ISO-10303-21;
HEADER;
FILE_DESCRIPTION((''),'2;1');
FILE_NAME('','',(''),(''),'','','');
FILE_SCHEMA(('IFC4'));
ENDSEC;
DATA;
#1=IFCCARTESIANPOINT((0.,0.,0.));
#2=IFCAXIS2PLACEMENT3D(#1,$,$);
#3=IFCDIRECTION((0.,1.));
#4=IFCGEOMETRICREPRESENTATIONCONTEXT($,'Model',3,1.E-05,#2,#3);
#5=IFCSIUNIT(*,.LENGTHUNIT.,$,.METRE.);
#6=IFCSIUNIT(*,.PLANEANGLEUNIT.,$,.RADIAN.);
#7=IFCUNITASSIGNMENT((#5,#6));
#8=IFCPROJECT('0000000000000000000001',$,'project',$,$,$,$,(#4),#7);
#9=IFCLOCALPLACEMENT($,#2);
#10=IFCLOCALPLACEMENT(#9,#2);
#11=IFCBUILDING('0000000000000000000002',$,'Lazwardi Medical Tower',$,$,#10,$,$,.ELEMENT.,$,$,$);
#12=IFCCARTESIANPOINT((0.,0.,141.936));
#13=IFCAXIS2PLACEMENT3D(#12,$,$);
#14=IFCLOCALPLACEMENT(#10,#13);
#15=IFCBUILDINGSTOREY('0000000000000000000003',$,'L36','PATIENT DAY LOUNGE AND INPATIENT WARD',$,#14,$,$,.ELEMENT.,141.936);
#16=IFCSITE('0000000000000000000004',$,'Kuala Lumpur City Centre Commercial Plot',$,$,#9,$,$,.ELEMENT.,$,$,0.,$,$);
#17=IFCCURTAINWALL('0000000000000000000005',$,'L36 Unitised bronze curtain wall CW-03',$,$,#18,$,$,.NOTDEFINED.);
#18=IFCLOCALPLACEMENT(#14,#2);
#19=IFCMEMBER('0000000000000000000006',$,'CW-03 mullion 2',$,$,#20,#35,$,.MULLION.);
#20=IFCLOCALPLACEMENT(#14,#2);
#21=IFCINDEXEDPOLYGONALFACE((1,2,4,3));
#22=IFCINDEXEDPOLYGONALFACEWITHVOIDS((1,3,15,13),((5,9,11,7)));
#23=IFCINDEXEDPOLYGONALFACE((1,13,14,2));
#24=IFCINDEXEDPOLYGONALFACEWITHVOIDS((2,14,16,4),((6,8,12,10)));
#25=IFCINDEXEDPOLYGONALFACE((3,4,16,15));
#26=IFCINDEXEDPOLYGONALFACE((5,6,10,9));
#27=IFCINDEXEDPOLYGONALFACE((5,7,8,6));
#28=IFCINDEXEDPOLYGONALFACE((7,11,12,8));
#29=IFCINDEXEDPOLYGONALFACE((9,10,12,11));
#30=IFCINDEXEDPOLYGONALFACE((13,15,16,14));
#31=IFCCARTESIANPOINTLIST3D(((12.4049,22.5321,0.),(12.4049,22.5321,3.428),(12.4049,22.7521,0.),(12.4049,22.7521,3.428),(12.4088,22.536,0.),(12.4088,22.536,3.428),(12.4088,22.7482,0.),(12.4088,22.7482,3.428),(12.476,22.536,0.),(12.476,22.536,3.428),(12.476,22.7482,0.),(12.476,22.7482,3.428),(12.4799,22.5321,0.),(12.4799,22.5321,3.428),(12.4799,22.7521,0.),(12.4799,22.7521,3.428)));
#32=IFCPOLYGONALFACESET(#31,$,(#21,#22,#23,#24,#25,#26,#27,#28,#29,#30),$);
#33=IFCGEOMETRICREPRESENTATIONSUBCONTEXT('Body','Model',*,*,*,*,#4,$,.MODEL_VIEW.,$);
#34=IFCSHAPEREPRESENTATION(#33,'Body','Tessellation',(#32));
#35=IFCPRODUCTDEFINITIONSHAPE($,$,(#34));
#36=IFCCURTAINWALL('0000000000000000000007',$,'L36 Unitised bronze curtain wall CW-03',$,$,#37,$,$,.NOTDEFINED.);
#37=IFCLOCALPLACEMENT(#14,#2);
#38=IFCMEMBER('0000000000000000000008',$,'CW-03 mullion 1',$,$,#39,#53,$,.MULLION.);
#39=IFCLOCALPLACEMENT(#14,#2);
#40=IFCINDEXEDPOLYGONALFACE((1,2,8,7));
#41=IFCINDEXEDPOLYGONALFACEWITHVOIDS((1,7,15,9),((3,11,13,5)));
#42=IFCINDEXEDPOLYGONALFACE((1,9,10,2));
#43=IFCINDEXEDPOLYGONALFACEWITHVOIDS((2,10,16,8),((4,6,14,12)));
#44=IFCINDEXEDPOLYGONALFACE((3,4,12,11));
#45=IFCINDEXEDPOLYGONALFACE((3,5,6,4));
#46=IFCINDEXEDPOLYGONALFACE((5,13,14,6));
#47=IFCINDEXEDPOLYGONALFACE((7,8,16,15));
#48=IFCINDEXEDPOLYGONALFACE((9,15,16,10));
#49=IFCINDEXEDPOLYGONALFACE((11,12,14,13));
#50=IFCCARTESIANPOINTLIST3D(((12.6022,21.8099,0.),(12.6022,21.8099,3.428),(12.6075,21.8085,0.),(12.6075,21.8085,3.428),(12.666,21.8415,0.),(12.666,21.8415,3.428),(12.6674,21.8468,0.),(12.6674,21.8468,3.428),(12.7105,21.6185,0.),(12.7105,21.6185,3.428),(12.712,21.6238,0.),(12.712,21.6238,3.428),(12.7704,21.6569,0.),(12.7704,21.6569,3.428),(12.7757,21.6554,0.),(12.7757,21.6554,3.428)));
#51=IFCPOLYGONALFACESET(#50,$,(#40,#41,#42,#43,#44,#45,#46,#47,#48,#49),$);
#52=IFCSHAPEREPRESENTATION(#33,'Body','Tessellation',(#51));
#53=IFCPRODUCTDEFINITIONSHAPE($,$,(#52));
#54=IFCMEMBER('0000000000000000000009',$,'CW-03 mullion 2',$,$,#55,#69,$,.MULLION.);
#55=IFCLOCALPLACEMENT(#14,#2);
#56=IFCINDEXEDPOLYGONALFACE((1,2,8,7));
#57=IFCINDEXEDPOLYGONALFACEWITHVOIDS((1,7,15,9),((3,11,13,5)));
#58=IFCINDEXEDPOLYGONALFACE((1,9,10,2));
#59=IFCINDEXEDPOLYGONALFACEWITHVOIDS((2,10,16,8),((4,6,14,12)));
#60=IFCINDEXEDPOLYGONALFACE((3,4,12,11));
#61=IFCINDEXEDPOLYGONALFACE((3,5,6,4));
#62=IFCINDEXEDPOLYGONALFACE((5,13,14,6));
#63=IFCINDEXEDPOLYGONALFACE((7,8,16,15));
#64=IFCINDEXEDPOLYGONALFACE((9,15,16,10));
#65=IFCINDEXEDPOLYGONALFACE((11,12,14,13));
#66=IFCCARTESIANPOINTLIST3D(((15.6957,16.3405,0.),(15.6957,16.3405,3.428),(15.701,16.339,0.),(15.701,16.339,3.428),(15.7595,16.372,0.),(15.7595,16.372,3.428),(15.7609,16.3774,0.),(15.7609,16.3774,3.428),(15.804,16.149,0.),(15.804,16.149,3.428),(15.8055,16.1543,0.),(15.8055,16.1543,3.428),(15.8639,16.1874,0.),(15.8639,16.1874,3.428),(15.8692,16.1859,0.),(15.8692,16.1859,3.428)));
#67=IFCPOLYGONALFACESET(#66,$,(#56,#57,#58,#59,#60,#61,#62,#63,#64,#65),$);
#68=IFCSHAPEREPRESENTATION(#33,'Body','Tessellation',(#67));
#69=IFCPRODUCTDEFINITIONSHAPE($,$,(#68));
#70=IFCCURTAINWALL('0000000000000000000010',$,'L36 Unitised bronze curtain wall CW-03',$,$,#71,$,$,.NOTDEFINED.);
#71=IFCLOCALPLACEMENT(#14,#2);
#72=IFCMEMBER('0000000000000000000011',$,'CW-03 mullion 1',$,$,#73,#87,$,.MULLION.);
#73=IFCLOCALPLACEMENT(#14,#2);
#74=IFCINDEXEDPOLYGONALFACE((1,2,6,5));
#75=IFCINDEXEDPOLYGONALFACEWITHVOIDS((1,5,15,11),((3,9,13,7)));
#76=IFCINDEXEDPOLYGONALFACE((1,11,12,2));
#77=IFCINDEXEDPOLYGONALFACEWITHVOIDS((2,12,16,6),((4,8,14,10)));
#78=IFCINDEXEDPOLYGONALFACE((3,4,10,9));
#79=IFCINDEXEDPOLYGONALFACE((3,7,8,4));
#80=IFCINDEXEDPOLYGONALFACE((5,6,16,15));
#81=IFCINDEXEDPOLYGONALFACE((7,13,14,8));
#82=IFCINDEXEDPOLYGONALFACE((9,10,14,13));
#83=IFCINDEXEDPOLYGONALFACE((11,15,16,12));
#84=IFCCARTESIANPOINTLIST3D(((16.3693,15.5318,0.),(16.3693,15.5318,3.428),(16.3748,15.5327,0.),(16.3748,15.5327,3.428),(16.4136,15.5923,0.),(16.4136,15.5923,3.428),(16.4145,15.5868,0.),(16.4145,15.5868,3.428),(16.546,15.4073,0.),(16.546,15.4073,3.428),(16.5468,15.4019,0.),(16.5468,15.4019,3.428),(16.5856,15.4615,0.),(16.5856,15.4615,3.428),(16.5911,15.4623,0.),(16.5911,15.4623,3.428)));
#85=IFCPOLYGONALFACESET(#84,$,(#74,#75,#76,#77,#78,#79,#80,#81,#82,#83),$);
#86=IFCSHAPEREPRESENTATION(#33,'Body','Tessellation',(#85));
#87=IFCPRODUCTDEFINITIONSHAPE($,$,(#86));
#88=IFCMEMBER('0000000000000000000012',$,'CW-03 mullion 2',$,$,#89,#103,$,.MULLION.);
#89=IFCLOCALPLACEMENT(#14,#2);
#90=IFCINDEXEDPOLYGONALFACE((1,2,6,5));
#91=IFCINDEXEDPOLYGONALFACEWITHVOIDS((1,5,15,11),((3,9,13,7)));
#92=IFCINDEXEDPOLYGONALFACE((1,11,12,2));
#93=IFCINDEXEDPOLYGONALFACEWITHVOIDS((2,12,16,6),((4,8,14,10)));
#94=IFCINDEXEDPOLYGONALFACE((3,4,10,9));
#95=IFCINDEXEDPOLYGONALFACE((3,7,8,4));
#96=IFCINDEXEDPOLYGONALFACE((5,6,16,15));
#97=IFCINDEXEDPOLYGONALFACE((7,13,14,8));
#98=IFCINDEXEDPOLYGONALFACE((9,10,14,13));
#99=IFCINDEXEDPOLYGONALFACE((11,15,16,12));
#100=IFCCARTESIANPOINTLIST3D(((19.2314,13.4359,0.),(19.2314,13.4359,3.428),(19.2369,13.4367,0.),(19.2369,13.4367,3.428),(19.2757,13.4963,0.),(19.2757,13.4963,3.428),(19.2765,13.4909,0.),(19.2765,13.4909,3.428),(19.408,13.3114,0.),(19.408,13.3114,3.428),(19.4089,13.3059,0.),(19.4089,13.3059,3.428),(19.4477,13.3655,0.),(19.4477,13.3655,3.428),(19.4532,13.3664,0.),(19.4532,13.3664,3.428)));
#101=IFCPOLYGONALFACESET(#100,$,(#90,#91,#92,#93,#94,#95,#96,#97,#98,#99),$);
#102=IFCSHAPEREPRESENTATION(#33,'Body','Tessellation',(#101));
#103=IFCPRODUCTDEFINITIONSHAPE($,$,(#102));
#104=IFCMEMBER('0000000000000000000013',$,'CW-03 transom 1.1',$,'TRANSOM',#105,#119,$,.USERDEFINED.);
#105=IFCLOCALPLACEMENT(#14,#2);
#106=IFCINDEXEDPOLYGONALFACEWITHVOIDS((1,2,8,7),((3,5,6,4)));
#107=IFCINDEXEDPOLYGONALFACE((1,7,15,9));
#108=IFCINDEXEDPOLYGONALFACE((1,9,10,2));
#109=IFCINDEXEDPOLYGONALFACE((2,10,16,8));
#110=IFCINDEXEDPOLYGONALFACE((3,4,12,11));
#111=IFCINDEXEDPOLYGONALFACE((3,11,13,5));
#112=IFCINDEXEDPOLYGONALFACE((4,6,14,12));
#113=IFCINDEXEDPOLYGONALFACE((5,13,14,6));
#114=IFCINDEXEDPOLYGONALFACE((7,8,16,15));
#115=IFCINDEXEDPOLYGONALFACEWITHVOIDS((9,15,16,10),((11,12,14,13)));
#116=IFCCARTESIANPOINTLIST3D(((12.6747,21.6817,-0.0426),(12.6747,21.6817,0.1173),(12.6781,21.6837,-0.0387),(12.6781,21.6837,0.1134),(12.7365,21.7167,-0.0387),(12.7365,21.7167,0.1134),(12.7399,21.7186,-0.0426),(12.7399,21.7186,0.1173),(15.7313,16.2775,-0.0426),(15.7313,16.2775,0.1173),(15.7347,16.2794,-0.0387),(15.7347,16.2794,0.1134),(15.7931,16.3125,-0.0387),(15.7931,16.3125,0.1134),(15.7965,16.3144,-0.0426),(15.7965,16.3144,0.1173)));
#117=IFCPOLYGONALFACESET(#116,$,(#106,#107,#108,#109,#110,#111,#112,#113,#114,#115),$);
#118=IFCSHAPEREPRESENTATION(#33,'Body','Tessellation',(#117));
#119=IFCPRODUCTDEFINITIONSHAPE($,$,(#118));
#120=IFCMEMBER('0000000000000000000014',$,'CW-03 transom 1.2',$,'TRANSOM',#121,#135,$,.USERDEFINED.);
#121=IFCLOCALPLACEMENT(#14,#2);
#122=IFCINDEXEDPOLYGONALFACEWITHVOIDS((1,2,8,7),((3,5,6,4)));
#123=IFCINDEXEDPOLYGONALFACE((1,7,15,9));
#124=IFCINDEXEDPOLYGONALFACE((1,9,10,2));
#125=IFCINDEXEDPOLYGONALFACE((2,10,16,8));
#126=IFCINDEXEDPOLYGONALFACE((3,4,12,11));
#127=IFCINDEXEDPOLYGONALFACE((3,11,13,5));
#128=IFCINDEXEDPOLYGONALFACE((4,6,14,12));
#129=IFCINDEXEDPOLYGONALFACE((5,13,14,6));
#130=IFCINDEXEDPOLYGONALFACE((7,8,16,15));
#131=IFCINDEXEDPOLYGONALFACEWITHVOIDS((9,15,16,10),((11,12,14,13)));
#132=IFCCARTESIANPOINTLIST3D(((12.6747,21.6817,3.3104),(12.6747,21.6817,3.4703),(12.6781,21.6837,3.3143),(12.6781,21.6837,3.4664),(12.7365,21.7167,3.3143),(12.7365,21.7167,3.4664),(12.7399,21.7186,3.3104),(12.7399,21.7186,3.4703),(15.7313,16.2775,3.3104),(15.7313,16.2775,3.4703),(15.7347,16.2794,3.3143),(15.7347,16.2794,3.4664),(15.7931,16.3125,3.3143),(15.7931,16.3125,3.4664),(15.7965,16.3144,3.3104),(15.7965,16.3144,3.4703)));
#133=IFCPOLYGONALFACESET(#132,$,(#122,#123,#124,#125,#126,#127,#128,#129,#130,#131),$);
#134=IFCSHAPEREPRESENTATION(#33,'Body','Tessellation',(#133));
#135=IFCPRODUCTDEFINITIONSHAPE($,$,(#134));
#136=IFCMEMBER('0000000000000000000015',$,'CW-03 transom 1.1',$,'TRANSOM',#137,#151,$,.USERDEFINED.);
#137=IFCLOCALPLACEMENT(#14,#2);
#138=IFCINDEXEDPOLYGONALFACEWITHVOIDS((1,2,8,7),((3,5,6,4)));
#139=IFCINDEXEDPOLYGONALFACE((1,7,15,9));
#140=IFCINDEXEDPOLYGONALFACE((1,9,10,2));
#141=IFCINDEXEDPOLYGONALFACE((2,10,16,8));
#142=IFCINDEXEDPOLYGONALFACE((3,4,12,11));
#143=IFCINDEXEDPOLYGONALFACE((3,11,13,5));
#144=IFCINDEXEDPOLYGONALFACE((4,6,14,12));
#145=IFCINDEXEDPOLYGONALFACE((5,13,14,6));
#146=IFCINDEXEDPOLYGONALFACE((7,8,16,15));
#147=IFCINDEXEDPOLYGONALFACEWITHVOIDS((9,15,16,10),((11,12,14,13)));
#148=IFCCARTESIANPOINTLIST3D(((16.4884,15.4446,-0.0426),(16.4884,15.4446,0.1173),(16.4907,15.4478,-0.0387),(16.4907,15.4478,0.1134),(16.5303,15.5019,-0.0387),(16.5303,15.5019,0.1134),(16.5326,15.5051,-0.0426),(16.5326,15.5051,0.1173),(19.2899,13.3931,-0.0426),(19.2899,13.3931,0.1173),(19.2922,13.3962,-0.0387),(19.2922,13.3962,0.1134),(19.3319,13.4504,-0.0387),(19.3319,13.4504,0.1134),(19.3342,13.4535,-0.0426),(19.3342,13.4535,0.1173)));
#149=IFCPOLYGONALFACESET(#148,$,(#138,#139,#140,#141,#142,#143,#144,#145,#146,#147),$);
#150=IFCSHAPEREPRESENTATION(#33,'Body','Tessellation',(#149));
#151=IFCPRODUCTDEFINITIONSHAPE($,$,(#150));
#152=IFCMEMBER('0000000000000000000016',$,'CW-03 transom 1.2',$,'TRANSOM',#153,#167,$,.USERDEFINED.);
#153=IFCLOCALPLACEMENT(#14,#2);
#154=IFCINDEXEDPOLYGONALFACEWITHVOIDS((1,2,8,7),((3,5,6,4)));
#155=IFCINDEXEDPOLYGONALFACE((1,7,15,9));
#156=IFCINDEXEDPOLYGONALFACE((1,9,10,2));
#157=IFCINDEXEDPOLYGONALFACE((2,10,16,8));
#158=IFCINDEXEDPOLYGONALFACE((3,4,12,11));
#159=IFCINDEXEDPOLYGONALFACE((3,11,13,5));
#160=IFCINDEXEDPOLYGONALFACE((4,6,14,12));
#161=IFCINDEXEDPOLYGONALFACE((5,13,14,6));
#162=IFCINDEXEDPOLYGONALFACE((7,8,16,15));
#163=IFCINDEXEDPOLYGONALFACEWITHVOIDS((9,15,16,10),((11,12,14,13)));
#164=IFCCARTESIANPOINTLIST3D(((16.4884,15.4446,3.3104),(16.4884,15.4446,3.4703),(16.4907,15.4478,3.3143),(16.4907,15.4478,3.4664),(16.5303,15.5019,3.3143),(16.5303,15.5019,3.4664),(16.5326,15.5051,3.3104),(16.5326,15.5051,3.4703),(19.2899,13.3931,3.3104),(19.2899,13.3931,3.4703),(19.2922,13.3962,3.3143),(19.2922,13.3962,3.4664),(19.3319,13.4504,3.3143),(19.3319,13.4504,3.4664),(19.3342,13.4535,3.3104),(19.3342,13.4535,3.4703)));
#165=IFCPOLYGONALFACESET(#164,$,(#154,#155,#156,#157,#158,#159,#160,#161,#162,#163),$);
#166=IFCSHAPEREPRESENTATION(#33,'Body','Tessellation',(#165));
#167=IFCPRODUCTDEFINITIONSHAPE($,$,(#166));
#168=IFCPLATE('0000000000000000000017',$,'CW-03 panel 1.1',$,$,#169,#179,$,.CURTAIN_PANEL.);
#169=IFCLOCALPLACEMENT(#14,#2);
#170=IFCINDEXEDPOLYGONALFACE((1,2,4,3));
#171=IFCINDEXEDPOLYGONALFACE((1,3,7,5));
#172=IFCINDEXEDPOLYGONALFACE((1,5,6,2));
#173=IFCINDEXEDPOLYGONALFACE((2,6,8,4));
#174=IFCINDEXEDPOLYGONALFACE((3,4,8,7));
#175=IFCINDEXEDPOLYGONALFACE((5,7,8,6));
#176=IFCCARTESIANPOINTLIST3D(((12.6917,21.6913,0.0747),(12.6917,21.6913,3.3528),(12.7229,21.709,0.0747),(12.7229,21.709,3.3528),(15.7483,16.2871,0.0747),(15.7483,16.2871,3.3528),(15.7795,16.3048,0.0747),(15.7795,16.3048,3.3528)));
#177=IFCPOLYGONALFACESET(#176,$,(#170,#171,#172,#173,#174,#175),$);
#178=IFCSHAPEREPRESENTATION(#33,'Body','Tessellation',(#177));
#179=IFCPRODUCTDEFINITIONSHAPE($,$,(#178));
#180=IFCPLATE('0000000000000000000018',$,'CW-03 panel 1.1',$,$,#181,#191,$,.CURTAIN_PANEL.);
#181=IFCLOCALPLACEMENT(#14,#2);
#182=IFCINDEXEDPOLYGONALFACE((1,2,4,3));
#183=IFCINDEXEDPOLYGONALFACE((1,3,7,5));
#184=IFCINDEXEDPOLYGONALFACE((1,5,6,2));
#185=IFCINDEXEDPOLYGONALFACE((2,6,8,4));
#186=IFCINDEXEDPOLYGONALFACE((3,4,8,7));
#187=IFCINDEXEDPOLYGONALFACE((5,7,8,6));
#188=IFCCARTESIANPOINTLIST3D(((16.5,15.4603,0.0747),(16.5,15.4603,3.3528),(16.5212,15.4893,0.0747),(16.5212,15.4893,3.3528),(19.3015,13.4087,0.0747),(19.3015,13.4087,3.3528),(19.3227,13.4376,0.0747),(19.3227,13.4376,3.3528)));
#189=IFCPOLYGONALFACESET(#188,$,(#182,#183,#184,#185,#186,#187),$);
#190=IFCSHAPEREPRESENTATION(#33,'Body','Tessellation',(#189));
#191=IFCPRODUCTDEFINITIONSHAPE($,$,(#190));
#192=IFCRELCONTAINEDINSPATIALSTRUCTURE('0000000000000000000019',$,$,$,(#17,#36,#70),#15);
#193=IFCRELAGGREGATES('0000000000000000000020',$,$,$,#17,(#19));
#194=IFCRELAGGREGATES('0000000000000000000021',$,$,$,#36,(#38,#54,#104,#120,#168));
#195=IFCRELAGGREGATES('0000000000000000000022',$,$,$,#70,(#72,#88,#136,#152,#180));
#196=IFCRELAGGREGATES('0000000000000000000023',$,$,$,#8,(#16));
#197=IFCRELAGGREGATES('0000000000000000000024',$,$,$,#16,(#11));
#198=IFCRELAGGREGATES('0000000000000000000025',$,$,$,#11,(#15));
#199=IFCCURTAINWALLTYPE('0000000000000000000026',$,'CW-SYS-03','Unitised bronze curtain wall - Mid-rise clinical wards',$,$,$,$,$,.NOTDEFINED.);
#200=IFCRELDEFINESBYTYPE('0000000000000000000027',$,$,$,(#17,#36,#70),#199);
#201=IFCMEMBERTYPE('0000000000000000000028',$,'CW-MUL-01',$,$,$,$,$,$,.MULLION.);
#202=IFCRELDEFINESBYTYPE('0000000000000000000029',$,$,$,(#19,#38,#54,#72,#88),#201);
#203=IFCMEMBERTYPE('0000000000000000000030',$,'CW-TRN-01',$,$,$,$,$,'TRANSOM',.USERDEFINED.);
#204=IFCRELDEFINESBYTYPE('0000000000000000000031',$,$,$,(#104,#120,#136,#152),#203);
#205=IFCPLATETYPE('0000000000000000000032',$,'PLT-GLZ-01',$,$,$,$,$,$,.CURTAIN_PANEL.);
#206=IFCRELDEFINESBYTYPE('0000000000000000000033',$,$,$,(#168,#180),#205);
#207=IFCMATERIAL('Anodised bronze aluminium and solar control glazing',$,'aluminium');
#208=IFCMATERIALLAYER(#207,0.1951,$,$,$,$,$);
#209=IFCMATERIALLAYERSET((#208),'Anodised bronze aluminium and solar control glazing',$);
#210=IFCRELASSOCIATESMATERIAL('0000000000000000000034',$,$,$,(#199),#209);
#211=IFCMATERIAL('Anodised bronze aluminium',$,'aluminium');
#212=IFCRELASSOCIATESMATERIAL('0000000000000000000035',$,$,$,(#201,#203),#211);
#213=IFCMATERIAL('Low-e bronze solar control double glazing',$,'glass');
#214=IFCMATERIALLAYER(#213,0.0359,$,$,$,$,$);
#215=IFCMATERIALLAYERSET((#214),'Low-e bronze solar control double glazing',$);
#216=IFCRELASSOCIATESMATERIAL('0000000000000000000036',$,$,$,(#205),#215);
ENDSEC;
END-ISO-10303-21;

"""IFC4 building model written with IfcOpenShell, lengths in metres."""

from ifc_helpers import new_model, si_unit, direction, frame, origin, origin_2d, place, context, subcontext, project, spatial, rectangle, hollow_rectangle, extrude, material, layer, layer_set, material_profile, profile_set, type_object, element, aggregate, save


model = new_model("IFC4")

# Units and contexts
model_context = context("Model", 3, precision=1e-05, world=origin(), true_north=direction((0.0, 1.0)))
body_context = subcontext(model_context, "Body", "Model", "MODEL_VIEW")
ifc_project = project(units=[si_unit("LENGTHUNIT", "METRE"), si_unit("PLANEANGLEUNIT", "RADIAN")], contexts=[model_context])

# Site, building, storey
site_placement = place(None, origin())
site = spatial("IfcSite", under=ifc_project, at=site_placement, Name="Kuala Lumpur City Centre Commercial Plot", CompositionType="ELEMENT", RefElevation=0.0)
building_placement = place(site_placement, origin())
building = spatial("IfcBuilding", under=site, at=building_placement, Name="Lazwardi Medical Tower", CompositionType="ELEMENT")
storey_placement = place(building_placement, frame((0.0, 0.0, 141.936)))
storey = spatial("IfcBuildingStorey", under=building, at=storey_placement, Name="L36", Description="PATIENT DAY LOUNGE AND INPATIENT WARD", CompositionType="ELEMENT", Elevation=141.936)

# Curtain wall, member
ifc_material_1 = material(Name="Anodised bronze aluminium and solar control glazing", Category="aluminium")
ifc_layer_1 = layer(ifc_material_1, 0.1951)
ifc_layer_set_1 = layer_set([ifc_layer_1], Name="Anodised bronze aluminium and solar control glazing")
curtain_wall_type = type_object("IfcCurtainWallType", Name="CW-SYS-03", Description="Unitised bronze curtain wall - Mid-rise clinical wards", PredefinedType="NOTDEFINED", material=ifc_layer_set_1)
curtain_wall_1_placement = place(storey_placement, origin())
curtain_wall_1 = element("IfcCurtainWall", 1, at=curtain_wall_1_placement, inside=storey, type_object=curtain_wall_type, Name="L36 Unitised bronze curtain wall CW-03", PredefinedType="NOTDEFINED")
ifc_material_2 = material(Name="Anodised bronze aluminium", Category="aluminium")
ifc_material_profile_1 = material_profile(ifc_material_2, hollow_rectangle(XDim=0.075, YDim=0.22, WallThickness=0.0039, at=origin_2d()), Name="ALU-MULLION 220x75x4")
ifc_profile_set_1 = profile_set([ifc_material_profile_1], Name="Anodised bronze aluminium")
member_type_1 = type_object("IfcMemberType", Name="CW-MUL-01", PredefinedType="MULLION", material=ifc_profile_set_1)
member_1_placement = place(storey_placement, frame((12.4424, 22.6421, 0.0), z_axis=(0.0, 0.0, 1.0), x_axis=(1.0, 0.0, 0.0)))
member_1 = element("IfcMember", 2, at=member_1_placement, type_object=member_type_1, Name="CW-03 mullion 2", PredefinedType="MULLION", context=body_context, shape_type="SweptSolid", body=[
    extrude(hollow_rectangle(XDim=0.075, YDim=0.22, WallThickness=0.0039, at=origin_2d()), origin(), (0.0, 0.0, 1.0), 3.428),
])
aggregate(curtain_wall_1, [member_1])

# Curtain walls, members
curtain_wall_2_placement = place(storey_placement, origin())
curtain_wall_2 = element("IfcCurtainWall", 3, at=curtain_wall_2_placement, inside=storey, type_object=curtain_wall_type, Name="L36 Unitised bronze curtain wall CW-03", PredefinedType="NOTDEFINED")
member_2_placement = place(storey_placement, frame((12.689, 21.7327, 0.0), z_axis=(0.0, 0.0, 1.0), x_axis=(0.870419, 0.492312, 0.0)))
member_2 = element("IfcMember", 4, at=member_2_placement, type_object=member_type_1, Name="CW-03 mullion 1", PredefinedType="MULLION", context=body_context, shape_type="SweptSolid", body=[
    extrude(hollow_rectangle(XDim=0.075, YDim=0.22, WallThickness=0.0039, at=origin_2d()), origin(), (0.0, 0.0, 1.0), 3.428),
])
member_3_placement = place(storey_placement, frame((15.7825, 16.2632, 0.0), z_axis=(0.0, 0.0, 1.0), x_axis=(0.870419, 0.492312, 0.0)))
member_3 = element("IfcMember", 5, at=member_3_placement, type_object=member_type_1, Name="CW-03 mullion 2", PredefinedType="MULLION", context=body_context, shape_type="SweptSolid", body=[
    extrude(hollow_rectangle(XDim=0.075, YDim=0.22, WallThickness=0.0039, at=origin_2d()), origin(), (0.0, 0.0, 1.0), 3.428),
])
curtain_wall_3_placement = place(storey_placement, origin())
curtain_wall_3 = element("IfcCurtainWall", 6, at=curtain_wall_3_placement, inside=storey, type_object=curtain_wall_type, Name="L36 Unitised bronze curtain wall CW-03", PredefinedType="NOTDEFINED")
member_4_placement = place(storey_placement, frame((16.4802, 15.4971, 0.0), z_axis=(0.0, 0.0, 1.0), x_axis=(0.590834, 0.806793, 0.0)))
member_4 = element("IfcMember", 7, at=member_4_placement, type_object=member_type_1, Name="CW-03 mullion 1", PredefinedType="MULLION", context=body_context, shape_type="SweptSolid", body=[
    extrude(hollow_rectangle(XDim=0.075, YDim=0.22, WallThickness=0.0039, at=origin_2d()), origin(), (0.0, 0.0, 1.0), 3.428),
])
member_5_placement = place(storey_placement, frame((19.3423, 13.4011, 0.0), z_axis=(0.0, 0.0, 1.0), x_axis=(0.590834, 0.806793, 0.0)))
member_5 = element("IfcMember", 8, at=member_5_placement, type_object=member_type_1, Name="CW-03 mullion 2", PredefinedType="MULLION", context=body_context, shape_type="SweptSolid", body=[
    extrude(hollow_rectangle(XDim=0.075, YDim=0.22, WallThickness=0.0039, at=origin_2d()), origin(), (0.0, 0.0, 1.0), 3.428),
])

# Members
ifc_material_profile_2 = material_profile(ifc_material_2, hollow_rectangle(XDim=0.075, YDim=0.1599, WallThickness=0.0039, at=origin_2d()), Name="ALU-TRANSOM 160x75x4")
ifc_profile_set_2 = profile_set([ifc_material_profile_2], Name="Anodised bronze aluminium")
member_type_2 = type_object("IfcMemberType", Name="CW-TRN-01", ElementType="TRANSOM", PredefinedType="USERDEFINED", material=ifc_profile_set_2)
member_6_placement = place(storey_placement, frame((12.7073, 21.7002, 0.0374), z_axis=(0.492306, -0.870422, 0.0), x_axis=(0.870422, 0.492306, 0.0)))
member_6 = element("IfcMember", 9, at=member_6_placement, type_object=member_type_2, Name="CW-03 transom 1.1", ObjectType="TRANSOM", PredefinedType="USERDEFINED", context=body_context, shape_type="SweptSolid", body=[
    extrude(hollow_rectangle(XDim=0.075, YDim=0.1599, WallThickness=0.0039, at=origin_2d()), origin(), (0.0, 0.0, 1.0), 6.2087),
])
member_7_placement = place(storey_placement, frame((12.7073, 21.7002, 3.3904), z_axis=(0.492306, -0.870422, 0.0), x_axis=(0.870422, 0.492306, 0.0)))
member_7 = element("IfcMember", 10, at=member_7_placement, type_object=member_type_2, Name="CW-03 transom 1.2", ObjectType="TRANSOM", PredefinedType="USERDEFINED", context=body_context, shape_type="SweptSolid", body=[
    extrude(hollow_rectangle(XDim=0.075, YDim=0.1599, WallThickness=0.0039, at=origin_2d()), origin(), (0.0, 0.0, 1.0), 6.2087),
])
member_8_placement = place(storey_placement, frame((16.5105, 15.4749, 0.0374), z_axis=(0.806807, -0.590815, 0.0), x_axis=(0.590815, 0.806807, 0.0)))
member_8 = element("IfcMember", 11, at=member_8_placement, type_object=member_type_2, Name="CW-03 transom 1.1", ObjectType="TRANSOM", PredefinedType="USERDEFINED", context=body_context, shape_type="SweptSolid", body=[
    extrude(hollow_rectangle(XDim=0.075, YDim=0.1599, WallThickness=0.0039, at=origin_2d()), origin(), (0.0, 0.0, 1.0), 3.4724),
])
member_9_placement = place(storey_placement, frame((16.5105, 15.4749, 3.3904), z_axis=(0.806807, -0.590815, 0.0), x_axis=(0.590815, 0.806807, 0.0)))
member_9 = element("IfcMember", 12, at=member_9_placement, type_object=member_type_2, Name="CW-03 transom 1.2", ObjectType="TRANSOM", PredefinedType="USERDEFINED", context=body_context, shape_type="SweptSolid", body=[
    extrude(hollow_rectangle(XDim=0.075, YDim=0.1599, WallThickness=0.0039, at=origin_2d()), origin(), (0.0, 0.0, 1.0), 3.4724),
])

# Plates
ifc_material_3 = material(Name="Low-e bronze solar control double glazing", Category="glass")
ifc_layer_2 = layer(ifc_material_3, 0.0359)
ifc_layer_set_2 = layer_set([ifc_layer_2], Name="Low-e bronze solar control double glazing")
plate_type = type_object("IfcPlateType", Name="PLT-GLZ-01", PredefinedType="CURTAIN_PANEL", material=ifc_layer_set_2)
plate_1_placement = place(storey_placement, frame((14.2356, 18.998, 0.0747), z_axis=(0.0, 0.0, 1.0), x_axis=(0.492312, -0.870419, 0.0)))
plate_1 = element("IfcPlate", 13, at=plate_1_placement, type_object=plate_type, Name="CW-03 panel 1.1", PredefinedType="CURTAIN_PANEL", context=body_context, shape_type="SweptSolid", body=[
    extrude(rectangle(XDim=6.2087, YDim=0.0359, at=origin_2d()), origin(), (0.0, 0.0, 1.0), 3.2781),
])
aggregate(curtain_wall_2, [member_2, member_3, member_6, member_7, plate_1])
plate_2_placement = place(storey_placement, frame((17.9114, 14.449, 0.0747), z_axis=(0.0, 0.0, 1.0), x_axis=(0.806793, -0.590834, 0.0)))
plate_2 = element("IfcPlate", 14, at=plate_2_placement, type_object=plate_type, Name="CW-03 panel 1.1", PredefinedType="CURTAIN_PANEL", context=body_context, shape_type="SweptSolid", body=[
    extrude(rectangle(XDim=3.4724, YDim=0.0359, at=origin_2d()), origin(), (0.0, 0.0, 1.0), 3.2781),
])
aggregate(curtain_wall_3, [member_4, member_5, member_8, member_9, plate_2])

save(model, "model.ifc")
